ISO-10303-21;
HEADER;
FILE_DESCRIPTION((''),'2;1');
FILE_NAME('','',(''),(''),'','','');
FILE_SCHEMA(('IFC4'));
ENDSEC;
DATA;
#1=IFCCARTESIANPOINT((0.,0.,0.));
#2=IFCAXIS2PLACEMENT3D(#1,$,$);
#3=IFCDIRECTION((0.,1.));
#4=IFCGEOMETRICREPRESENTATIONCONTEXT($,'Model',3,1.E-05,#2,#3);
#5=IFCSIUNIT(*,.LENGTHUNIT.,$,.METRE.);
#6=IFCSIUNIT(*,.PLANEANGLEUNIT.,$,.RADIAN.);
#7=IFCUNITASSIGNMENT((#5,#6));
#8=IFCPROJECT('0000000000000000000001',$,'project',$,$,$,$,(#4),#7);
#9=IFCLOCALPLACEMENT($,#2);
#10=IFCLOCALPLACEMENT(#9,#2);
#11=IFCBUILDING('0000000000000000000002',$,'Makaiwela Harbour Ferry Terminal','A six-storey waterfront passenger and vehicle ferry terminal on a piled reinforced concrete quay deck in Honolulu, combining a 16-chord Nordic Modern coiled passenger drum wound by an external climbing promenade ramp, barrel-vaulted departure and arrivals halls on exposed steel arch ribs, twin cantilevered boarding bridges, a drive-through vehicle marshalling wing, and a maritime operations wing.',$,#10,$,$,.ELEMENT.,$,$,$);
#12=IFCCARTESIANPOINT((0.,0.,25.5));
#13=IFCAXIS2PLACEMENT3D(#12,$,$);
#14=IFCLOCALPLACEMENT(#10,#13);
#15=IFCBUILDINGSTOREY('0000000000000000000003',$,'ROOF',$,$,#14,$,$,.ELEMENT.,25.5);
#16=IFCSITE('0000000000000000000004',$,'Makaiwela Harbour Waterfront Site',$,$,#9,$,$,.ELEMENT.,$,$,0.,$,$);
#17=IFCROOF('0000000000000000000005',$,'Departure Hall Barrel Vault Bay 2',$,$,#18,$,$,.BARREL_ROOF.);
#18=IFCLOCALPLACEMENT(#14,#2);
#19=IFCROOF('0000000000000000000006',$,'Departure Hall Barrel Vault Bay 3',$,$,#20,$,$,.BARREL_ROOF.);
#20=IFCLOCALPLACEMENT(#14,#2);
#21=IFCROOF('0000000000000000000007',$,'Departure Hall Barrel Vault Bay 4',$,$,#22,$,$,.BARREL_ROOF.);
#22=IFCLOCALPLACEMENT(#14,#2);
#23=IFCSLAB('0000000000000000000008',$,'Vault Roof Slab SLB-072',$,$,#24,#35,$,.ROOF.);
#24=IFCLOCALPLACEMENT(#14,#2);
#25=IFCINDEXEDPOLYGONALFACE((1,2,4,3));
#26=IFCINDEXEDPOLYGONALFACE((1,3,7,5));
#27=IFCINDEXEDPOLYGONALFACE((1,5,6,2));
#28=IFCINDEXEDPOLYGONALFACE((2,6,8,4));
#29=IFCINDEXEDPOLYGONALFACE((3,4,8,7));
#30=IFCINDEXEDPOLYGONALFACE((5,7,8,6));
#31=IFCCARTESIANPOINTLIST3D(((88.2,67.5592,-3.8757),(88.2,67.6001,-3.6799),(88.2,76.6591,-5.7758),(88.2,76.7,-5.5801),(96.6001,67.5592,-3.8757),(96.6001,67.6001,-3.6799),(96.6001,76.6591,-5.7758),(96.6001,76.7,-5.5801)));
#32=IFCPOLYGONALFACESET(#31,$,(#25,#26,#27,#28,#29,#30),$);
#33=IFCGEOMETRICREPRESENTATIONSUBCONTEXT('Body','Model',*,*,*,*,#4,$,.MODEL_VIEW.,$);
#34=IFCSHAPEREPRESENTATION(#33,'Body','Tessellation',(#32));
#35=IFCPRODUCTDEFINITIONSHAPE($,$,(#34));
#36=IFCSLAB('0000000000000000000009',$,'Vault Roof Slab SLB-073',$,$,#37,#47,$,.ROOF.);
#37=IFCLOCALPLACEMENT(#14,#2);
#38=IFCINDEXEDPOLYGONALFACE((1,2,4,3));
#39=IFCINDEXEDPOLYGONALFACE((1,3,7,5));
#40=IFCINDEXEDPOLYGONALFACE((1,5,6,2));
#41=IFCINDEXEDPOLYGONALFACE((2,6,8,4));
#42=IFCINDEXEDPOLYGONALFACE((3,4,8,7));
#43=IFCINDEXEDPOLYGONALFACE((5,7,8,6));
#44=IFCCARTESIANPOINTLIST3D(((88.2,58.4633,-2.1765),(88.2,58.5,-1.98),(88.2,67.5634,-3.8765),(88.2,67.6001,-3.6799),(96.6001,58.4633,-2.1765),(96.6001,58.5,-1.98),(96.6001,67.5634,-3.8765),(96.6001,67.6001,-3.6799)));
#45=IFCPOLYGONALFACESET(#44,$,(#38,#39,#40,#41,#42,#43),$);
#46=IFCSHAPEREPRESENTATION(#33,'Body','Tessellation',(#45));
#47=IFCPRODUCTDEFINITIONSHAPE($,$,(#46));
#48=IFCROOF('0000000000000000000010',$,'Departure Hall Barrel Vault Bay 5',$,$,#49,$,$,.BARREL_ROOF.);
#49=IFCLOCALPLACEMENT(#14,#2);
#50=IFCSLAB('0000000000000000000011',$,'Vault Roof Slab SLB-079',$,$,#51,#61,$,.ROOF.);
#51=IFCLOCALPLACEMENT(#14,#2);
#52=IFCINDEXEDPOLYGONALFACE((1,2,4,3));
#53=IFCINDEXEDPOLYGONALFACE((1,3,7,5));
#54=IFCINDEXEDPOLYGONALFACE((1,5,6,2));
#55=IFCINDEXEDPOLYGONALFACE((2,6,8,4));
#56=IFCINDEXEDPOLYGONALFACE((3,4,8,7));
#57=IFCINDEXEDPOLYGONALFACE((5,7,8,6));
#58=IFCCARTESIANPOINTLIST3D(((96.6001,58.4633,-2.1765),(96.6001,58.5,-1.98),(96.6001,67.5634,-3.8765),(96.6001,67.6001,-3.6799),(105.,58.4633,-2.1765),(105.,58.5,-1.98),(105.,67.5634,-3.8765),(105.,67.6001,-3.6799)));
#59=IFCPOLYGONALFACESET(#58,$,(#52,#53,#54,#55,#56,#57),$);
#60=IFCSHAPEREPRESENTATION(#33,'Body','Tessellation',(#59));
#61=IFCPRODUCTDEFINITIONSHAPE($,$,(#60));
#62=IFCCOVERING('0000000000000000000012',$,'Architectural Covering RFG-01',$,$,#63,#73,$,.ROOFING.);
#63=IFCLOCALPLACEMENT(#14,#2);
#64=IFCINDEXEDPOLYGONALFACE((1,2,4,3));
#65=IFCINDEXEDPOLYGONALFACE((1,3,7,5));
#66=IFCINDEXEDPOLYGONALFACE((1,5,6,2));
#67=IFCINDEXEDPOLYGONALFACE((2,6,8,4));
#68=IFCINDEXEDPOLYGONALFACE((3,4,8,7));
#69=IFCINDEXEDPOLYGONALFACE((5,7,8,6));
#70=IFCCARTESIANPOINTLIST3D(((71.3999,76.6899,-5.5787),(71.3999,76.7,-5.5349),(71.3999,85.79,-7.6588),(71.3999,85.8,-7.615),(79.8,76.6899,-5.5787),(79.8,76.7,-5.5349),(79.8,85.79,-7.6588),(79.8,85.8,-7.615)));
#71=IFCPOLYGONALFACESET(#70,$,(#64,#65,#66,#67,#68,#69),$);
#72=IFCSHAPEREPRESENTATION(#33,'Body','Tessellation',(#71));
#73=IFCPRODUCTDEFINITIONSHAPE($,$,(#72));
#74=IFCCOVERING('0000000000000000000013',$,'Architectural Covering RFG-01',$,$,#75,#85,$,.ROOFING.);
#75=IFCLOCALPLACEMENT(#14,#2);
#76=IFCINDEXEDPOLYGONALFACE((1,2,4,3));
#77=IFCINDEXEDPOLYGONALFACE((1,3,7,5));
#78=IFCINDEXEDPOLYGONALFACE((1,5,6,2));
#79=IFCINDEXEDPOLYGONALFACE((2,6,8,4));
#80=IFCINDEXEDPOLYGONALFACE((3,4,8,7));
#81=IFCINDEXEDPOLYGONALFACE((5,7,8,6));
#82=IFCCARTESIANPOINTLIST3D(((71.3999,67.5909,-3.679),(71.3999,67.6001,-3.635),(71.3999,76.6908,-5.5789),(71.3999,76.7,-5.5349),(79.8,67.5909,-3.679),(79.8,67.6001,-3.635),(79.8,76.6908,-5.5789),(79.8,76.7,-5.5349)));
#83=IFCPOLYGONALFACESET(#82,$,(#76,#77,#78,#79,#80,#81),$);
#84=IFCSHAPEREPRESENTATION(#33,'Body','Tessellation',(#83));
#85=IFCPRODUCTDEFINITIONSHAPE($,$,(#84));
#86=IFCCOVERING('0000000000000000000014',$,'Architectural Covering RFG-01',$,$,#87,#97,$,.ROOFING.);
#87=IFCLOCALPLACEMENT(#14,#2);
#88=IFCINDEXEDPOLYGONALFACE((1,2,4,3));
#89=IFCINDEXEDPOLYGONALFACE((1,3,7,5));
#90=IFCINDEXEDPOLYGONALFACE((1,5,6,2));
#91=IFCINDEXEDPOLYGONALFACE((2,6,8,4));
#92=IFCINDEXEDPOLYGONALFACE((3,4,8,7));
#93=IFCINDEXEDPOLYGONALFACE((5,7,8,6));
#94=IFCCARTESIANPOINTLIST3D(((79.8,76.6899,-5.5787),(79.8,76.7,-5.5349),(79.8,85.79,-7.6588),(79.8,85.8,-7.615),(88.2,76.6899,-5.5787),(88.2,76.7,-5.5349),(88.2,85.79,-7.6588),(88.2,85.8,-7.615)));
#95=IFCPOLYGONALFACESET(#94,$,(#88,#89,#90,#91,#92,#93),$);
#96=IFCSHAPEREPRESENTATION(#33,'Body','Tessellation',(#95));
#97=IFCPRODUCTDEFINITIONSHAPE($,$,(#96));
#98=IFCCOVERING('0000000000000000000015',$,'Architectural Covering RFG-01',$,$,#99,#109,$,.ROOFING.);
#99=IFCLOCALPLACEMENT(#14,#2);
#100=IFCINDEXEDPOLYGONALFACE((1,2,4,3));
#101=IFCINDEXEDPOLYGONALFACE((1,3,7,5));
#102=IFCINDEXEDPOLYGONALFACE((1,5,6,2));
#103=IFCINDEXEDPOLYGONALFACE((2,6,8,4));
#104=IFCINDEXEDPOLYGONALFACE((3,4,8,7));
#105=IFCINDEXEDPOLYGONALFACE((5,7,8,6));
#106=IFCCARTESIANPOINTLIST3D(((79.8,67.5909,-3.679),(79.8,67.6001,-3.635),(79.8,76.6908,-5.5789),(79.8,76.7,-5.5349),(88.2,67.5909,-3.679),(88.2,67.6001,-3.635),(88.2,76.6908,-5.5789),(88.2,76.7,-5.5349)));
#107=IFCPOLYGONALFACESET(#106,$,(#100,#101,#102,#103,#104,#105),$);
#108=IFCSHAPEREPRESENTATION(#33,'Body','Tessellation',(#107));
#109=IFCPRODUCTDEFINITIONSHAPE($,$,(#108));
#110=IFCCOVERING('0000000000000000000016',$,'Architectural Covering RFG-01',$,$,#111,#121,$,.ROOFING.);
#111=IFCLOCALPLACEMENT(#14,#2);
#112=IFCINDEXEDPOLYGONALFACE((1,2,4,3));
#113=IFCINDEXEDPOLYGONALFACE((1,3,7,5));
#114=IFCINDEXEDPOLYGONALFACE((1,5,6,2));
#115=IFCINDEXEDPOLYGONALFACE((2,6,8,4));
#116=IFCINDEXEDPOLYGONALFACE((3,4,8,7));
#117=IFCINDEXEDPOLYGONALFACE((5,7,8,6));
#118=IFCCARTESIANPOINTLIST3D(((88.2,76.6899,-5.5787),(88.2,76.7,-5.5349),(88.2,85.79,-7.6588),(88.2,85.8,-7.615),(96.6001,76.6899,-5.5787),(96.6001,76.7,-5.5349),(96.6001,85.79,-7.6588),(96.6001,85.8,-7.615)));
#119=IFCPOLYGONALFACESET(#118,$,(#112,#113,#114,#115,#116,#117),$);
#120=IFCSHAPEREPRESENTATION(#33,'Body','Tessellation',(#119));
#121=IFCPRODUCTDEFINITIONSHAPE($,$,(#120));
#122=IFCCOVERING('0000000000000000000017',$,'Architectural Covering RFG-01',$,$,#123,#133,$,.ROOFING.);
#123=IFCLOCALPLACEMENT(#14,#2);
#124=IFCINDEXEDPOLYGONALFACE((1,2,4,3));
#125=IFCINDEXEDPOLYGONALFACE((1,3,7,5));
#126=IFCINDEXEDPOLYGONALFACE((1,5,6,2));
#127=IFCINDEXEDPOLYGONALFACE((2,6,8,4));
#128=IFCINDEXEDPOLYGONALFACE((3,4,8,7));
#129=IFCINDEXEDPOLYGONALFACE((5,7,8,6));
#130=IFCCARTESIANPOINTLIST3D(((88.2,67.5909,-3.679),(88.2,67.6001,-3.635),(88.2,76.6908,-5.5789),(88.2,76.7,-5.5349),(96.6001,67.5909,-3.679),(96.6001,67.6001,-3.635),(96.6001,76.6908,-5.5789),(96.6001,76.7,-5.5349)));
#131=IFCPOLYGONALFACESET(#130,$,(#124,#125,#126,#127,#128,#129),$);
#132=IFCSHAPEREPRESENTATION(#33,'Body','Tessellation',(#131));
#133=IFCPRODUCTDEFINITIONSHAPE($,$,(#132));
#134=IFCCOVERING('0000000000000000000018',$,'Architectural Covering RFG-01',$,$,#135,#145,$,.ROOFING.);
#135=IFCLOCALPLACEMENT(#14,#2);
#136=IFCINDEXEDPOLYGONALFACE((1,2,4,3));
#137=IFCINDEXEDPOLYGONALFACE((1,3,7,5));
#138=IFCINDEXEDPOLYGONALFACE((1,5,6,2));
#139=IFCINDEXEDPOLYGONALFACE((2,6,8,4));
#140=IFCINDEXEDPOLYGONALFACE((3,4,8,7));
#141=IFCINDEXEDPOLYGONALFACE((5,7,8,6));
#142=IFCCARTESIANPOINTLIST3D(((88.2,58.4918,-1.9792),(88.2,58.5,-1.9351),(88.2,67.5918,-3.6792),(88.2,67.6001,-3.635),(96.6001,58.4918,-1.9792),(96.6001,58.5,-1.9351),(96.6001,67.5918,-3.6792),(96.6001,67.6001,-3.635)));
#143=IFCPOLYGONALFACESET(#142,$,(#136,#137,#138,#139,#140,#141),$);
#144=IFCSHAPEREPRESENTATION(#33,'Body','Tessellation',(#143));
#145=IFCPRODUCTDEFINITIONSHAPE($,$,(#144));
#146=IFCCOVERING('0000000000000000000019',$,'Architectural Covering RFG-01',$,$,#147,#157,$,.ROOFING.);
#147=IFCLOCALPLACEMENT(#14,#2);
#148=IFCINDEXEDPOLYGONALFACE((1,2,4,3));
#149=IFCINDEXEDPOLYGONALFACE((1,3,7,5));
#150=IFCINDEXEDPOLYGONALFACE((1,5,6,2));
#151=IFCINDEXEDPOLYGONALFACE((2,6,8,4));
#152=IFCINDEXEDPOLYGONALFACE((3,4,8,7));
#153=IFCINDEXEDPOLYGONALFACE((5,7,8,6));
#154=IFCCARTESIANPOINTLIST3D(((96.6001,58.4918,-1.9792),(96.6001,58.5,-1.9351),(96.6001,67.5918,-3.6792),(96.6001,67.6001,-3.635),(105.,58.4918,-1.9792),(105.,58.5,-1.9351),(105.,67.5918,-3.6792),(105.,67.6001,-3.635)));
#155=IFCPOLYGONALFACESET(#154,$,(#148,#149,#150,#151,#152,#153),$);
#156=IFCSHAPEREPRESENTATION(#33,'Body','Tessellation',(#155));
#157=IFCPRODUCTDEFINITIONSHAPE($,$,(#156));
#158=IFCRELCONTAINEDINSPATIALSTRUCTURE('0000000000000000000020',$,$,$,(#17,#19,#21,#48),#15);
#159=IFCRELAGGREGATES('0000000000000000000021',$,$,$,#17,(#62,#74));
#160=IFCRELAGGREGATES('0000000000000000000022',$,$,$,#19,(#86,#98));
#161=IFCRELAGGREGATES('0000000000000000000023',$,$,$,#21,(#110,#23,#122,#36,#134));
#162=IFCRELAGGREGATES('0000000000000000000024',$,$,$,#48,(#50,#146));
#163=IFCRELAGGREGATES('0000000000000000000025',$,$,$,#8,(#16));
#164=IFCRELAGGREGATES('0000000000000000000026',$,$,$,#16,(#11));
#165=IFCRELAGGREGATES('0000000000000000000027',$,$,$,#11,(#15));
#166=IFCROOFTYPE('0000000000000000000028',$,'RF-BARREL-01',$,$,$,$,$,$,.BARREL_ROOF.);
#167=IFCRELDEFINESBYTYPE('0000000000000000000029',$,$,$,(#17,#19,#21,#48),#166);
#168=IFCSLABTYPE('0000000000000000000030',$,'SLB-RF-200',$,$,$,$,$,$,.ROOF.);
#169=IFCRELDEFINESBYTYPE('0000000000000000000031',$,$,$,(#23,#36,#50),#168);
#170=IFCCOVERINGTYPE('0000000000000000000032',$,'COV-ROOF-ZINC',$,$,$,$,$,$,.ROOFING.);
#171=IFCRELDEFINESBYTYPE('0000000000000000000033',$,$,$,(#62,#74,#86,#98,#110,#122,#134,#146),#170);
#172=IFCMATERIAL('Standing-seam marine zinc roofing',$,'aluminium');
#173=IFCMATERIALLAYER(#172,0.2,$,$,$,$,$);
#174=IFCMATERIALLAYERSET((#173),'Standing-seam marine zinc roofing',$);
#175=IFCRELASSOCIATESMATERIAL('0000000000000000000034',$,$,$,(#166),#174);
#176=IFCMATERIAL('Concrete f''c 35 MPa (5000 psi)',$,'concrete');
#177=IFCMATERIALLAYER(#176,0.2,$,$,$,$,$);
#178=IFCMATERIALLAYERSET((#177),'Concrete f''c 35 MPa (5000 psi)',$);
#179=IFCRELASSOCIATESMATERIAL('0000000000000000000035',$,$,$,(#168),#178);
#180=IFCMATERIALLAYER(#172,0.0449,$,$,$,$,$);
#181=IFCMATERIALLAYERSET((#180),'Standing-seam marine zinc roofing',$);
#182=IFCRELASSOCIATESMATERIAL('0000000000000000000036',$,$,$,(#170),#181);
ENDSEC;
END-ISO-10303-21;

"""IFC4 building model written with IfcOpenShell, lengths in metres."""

from ifc_helpers import new_model, si_unit, direction, frame, origin, place, context, subcontext, project, spatial, polyline, outline, extrude, material, layer, layer_set, type_object, element, aggregate, save


model = new_model("IFC4")

# Units and contexts
model_context = context("Model", 3, precision=1e-05, world=origin(), true_north=direction((0.0, 1.0)))
body_context = subcontext(model_context, "Body", "Model", "MODEL_VIEW")
ifc_project = project(units=[si_unit("LENGTHUNIT", "METRE"), si_unit("PLANEANGLEUNIT", "RADIAN")], contexts=[model_context])

# Site, building, storey
site_placement = place(None, origin())
site = spatial("IfcSite", under=ifc_project, at=site_placement, Name="Makaiwela Harbour Waterfront Site", CompositionType="ELEMENT", RefElevation=0.0)
building_placement = place(site_placement, origin())
building = spatial("IfcBuilding", under=site, at=building_placement, Name="Makaiwela Harbour Ferry Terminal", Description="A six-storey waterfront passenger and vehicle ferry terminal on a piled reinforced concrete quay deck in Honolulu, combining a 16-chord Nordic Modern coiled passenger drum wound by an external climbing promenade ramp, barrel-vaulted departure and arrivals halls on exposed steel arch ribs, twin cantilevered boarding bridges, a drive-through vehicle marshalling wing, and a maritime operations wing.", CompositionType="ELEMENT")
storey_placement = place(building_placement, frame((0.0, 0.0, 25.5)))
storey = spatial("IfcBuildingStorey", under=building, at=storey_placement, Name="ROOF", CompositionType="ELEMENT", Elevation=25.5)

# Roofs, slabs
ifc_material_1 = material(Name="Standing-seam marine zinc roofing", Category="aluminium")
ifc_layer_1 = layer(ifc_material_1, 0.2)
ifc_layer_set_1 = layer_set([ifc_layer_1], Name="Standing-seam marine zinc roofing")
roof_type = type_object("IfcRoofType", Name="RF-BARREL-01", PredefinedType="BARREL_ROOF", material=ifc_layer_set_1)
roof_1_placement = place(storey_placement, origin())
roof_1 = element("IfcRoof", 1, at=roof_1_placement, inside=storey, type_object=roof_type, Name="Departure Hall Barrel Vault Bay 2", PredefinedType="BARREL_ROOF")
ifc_material_2 = material(Name="Concrete f'c 35 MPa (5000 psi)", Category="concrete")
ifc_layer_2 = layer(ifc_material_2, 0.2)
ifc_layer_set_2 = layer_set([ifc_layer_2], Name="Concrete f'c 35 MPa (5000 psi)")
slab_type = type_object("IfcSlabType", Name="SLB-RF-200", PredefinedType="ROOF", material=ifc_layer_set_2)
roof_2_placement = place(storey_placement, origin())
roof_2 = element("IfcRoof", 2, at=roof_2_placement, inside=storey, type_object=roof_type, Name="Departure Hall Barrel Vault Bay 3", PredefinedType="BARREL_ROOF")
roof_3_placement = place(storey_placement, origin())
roof_3 = element("IfcRoof", 3, at=roof_3_placement, inside=storey, type_object=roof_type, Name="Departure Hall Barrel Vault Bay 4", PredefinedType="BARREL_ROOF")
slab_1_placement = place(storey_placement, frame((88.2, 67.6001, -3.6799), z_axis=(0.0, 0.204402, 0.978887), x_axis=(1.0, 0.0, 0.0)))
slab_1 = element("IfcSlab", 4, at=slab_1_placement, type_object=slab_type, Name="Vault Roof Slab SLB-072", PredefinedType="ROOF", context=body_context, shape_type="SweptSolid", body=[
    extrude(outline(polyline([(0.0, 0.0), (8.4001, 0.0), (8.4001, 9.2961), (0.0, 9.2961), (0.0, 0.0)])), origin(), (0.0, 0.0, -1.0), 0.2),
])
slab_2_placement = place(storey_placement, frame((88.2, 58.5, -1.98), z_axis=(0.0, 0.183629, 0.982996), x_axis=(1.0, 0.0, 0.0)))
slab_2 = element("IfcSlab", 5, at=slab_2_placement, type_object=slab_type, Name="Vault Roof Slab SLB-073", PredefinedType="ROOF", context=body_context, shape_type="SweptSolid", body=[
    extrude(outline(polyline([(0.0, 0.0), (8.4001, 0.0), (8.4001, 9.2575), (0.0, 9.2575), (0.0, 0.0)])), origin(), (0.0, 0.0, -1.0), 0.2),
])

# Roof, slab
roof_4_placement = place(storey_placement, origin())
roof_4 = element("IfcRoof", 6, at=roof_4_placement, inside=storey, type_object=roof_type, Name="Departure Hall Barrel Vault Bay 5", PredefinedType="BARREL_ROOF")
slab_3_placement = place(storey_placement, frame((96.6001, 58.5, -1.98), z_axis=(0.0, 0.183629, 0.982996), x_axis=(1.0, 0.0, 0.0)))
slab_3 = element("IfcSlab", 7, at=slab_3_placement, type_object=slab_type, Name="Vault Roof Slab SLB-079", PredefinedType="ROOF", context=body_context, shape_type="SweptSolid", body=[
    extrude(outline(polyline([(0.0, 0.0), (8.3999, 0.0), (8.3999, 9.2575), (0.0, 9.2575), (0.0, 0.0)])), origin(), (0.0, 0.0, -1.0), 0.2),
])

# Coverings
ifc_layer_3 = layer(ifc_material_1, 0.0449)
ifc_layer_set_3 = layer_set([ifc_layer_3], Name="Standing-seam marine zinc roofing")
covering_type = type_object("IfcCoveringType", Name="COV-ROOF-ZINC", PredefinedType="ROOFING", material=ifc_layer_set_3)
covering_1_placement = place(storey_placement, frame((71.3999, 76.7, -5.5349), z_axis=(0.0, 0.22283, 0.974857), x_axis=(1.0, 0.0, 0.0)))
covering_1 = element("IfcCovering", 8, at=covering_1_placement, type_object=covering_type, Name="Architectural Covering RFG-01", PredefinedType="ROOFING", context=body_context, shape_type="SweptSolid", body=[
    extrude(outline(polyline([(0.0, 0.0), (8.4001, 0.0), (8.4001, 9.3348), (0.0, 9.3348), (0.0, 0.0)])), origin(), (0.0, 0.0, -1.0), 0.0449),
])
covering_2_placement = place(storey_placement, frame((71.3999, 67.6001, -3.635), z_axis=(0.0, 0.204377, 0.978892), x_axis=(1.0, 0.0, 0.0)))
covering_2 = element("IfcCovering", 9, at=covering_2_placement, type_object=covering_type, Name="Architectural Covering RFG-01", PredefinedType="ROOFING", context=body_context, shape_type="SweptSolid", body=[
    extrude(outline(polyline([(0.0, 0.0), (8.4001, 0.0), (8.4001, 9.2961), (0.0, 9.2961), (0.0, 0.0)])), origin(), (0.0, 0.0, -1.0), 0.0449),
])
aggregate(roof_1, [covering_1, covering_2])
covering_3_placement = place(storey_placement, frame((79.8, 76.7, -5.5349), z_axis=(0.0, 0.22283, 0.974857), x_axis=(1.0, 0.0, 0.0)))
covering_3 = element("IfcCovering", 10, at=covering_3_placement, type_object=covering_type, Name="Architectural Covering RFG-01", PredefinedType="ROOFING", context=body_context, shape_type="SweptSolid", body=[
    extrude(outline(polyline([(0.0, 0.0), (8.3999, 0.0), (8.3999, 9.3348), (0.0, 9.3348), (0.0, 0.0)])), origin(), (0.0, 0.0, -1.0), 0.0449),
])
covering_4_placement = place(storey_placement, frame((79.8, 67.6001, -3.635), z_axis=(0.0, 0.204377, 0.978892), x_axis=(1.0, 0.0, 0.0)))
covering_4 = element("IfcCovering", 11, at=covering_4_placement, type_object=covering_type, Name="Architectural Covering RFG-01", PredefinedType="ROOFING", context=body_context, shape_type="SweptSolid", body=[
    extrude(outline(polyline([(0.0, 0.0), (8.3999, 0.0), (8.3999, 9.2961), (0.0, 9.2961), (0.0, 0.0)])), origin(), (0.0, 0.0, -1.0), 0.0449),
])
aggregate(roof_2, [covering_3, covering_4])
covering_5_placement = place(storey_placement, frame((88.2, 76.7, -5.5349), z_axis=(0.0, 0.22283, 0.974857), x_axis=(1.0, 0.0, 0.0)))
covering_5 = element("IfcCovering", 12, at=covering_5_placement, type_object=covering_type, Name="Architectural Covering RFG-01", PredefinedType="ROOFING", context=body_context, shape_type="SweptSolid", body=[
    extrude(outline(polyline([(0.0, 0.0), (8.4001, 0.0), (8.4001, 9.3348), (0.0, 9.3348), (0.0, 0.0)])), origin(), (0.0, 0.0, -1.0), 0.0449),
])
covering_6_placement = place(storey_placement, frame((88.2, 67.6001, -3.635), z_axis=(0.0, 0.204377, 0.978892), x_axis=(1.0, 0.0, 0.0)))
covering_6 = element("IfcCovering", 13, at=covering_6_placement, type_object=covering_type, Name="Architectural Covering RFG-01", PredefinedType="ROOFING", context=body_context, shape_type="SweptSolid", body=[
    extrude(outline(polyline([(0.0, 0.0), (8.4001, 0.0), (8.4001, 9.2961), (0.0, 9.2961), (0.0, 0.0)])), origin(), (0.0, 0.0, -1.0), 0.0449),
])
covering_7_placement = place(storey_placement, frame((88.2, 58.5, -1.9351), z_axis=(0.0, 0.183629, 0.982996), x_axis=(1.0, 0.0, 0.0)))
covering_7 = element("IfcCovering", 14, at=covering_7_placement, type_object=covering_type, Name="Architectural Covering RFG-01", PredefinedType="ROOFING", context=body_context, shape_type="SweptSolid", body=[
    extrude(outline(polyline([(0.0, 0.0), (8.4001, 0.0), (8.4001, 9.2575), (0.0, 9.2575), (0.0, 0.0)])), origin(), (0.0, 0.0, -1.0), 0.0449),
])
aggregate(roof_3, [covering_5, slab_1, covering_6, slab_2, covering_7])
covering_8_placement = place(storey_placement, frame((96.6001, 58.5, -1.9351), z_axis=(0.0, 0.183629, 0.982996), x_axis=(1.0, 0.0, 0.0)))
covering_8 = element("IfcCovering", 15, at=covering_8_placement, type_object=covering_type, Name="Architectural Covering RFG-01", PredefinedType="ROOFING", context=body_context, shape_type="SweptSolid", body=[
    extrude(outline(polyline([(0.0, 0.0), (8.3999, 0.0), (8.3999, 9.2575), (0.0, 9.2575), (0.0, 0.0)])), origin(), (0.0, 0.0, -1.0), 0.0449),
])
aggregate(roof_4, [slab_3, covering_8])

save(model, "model.ifc")
